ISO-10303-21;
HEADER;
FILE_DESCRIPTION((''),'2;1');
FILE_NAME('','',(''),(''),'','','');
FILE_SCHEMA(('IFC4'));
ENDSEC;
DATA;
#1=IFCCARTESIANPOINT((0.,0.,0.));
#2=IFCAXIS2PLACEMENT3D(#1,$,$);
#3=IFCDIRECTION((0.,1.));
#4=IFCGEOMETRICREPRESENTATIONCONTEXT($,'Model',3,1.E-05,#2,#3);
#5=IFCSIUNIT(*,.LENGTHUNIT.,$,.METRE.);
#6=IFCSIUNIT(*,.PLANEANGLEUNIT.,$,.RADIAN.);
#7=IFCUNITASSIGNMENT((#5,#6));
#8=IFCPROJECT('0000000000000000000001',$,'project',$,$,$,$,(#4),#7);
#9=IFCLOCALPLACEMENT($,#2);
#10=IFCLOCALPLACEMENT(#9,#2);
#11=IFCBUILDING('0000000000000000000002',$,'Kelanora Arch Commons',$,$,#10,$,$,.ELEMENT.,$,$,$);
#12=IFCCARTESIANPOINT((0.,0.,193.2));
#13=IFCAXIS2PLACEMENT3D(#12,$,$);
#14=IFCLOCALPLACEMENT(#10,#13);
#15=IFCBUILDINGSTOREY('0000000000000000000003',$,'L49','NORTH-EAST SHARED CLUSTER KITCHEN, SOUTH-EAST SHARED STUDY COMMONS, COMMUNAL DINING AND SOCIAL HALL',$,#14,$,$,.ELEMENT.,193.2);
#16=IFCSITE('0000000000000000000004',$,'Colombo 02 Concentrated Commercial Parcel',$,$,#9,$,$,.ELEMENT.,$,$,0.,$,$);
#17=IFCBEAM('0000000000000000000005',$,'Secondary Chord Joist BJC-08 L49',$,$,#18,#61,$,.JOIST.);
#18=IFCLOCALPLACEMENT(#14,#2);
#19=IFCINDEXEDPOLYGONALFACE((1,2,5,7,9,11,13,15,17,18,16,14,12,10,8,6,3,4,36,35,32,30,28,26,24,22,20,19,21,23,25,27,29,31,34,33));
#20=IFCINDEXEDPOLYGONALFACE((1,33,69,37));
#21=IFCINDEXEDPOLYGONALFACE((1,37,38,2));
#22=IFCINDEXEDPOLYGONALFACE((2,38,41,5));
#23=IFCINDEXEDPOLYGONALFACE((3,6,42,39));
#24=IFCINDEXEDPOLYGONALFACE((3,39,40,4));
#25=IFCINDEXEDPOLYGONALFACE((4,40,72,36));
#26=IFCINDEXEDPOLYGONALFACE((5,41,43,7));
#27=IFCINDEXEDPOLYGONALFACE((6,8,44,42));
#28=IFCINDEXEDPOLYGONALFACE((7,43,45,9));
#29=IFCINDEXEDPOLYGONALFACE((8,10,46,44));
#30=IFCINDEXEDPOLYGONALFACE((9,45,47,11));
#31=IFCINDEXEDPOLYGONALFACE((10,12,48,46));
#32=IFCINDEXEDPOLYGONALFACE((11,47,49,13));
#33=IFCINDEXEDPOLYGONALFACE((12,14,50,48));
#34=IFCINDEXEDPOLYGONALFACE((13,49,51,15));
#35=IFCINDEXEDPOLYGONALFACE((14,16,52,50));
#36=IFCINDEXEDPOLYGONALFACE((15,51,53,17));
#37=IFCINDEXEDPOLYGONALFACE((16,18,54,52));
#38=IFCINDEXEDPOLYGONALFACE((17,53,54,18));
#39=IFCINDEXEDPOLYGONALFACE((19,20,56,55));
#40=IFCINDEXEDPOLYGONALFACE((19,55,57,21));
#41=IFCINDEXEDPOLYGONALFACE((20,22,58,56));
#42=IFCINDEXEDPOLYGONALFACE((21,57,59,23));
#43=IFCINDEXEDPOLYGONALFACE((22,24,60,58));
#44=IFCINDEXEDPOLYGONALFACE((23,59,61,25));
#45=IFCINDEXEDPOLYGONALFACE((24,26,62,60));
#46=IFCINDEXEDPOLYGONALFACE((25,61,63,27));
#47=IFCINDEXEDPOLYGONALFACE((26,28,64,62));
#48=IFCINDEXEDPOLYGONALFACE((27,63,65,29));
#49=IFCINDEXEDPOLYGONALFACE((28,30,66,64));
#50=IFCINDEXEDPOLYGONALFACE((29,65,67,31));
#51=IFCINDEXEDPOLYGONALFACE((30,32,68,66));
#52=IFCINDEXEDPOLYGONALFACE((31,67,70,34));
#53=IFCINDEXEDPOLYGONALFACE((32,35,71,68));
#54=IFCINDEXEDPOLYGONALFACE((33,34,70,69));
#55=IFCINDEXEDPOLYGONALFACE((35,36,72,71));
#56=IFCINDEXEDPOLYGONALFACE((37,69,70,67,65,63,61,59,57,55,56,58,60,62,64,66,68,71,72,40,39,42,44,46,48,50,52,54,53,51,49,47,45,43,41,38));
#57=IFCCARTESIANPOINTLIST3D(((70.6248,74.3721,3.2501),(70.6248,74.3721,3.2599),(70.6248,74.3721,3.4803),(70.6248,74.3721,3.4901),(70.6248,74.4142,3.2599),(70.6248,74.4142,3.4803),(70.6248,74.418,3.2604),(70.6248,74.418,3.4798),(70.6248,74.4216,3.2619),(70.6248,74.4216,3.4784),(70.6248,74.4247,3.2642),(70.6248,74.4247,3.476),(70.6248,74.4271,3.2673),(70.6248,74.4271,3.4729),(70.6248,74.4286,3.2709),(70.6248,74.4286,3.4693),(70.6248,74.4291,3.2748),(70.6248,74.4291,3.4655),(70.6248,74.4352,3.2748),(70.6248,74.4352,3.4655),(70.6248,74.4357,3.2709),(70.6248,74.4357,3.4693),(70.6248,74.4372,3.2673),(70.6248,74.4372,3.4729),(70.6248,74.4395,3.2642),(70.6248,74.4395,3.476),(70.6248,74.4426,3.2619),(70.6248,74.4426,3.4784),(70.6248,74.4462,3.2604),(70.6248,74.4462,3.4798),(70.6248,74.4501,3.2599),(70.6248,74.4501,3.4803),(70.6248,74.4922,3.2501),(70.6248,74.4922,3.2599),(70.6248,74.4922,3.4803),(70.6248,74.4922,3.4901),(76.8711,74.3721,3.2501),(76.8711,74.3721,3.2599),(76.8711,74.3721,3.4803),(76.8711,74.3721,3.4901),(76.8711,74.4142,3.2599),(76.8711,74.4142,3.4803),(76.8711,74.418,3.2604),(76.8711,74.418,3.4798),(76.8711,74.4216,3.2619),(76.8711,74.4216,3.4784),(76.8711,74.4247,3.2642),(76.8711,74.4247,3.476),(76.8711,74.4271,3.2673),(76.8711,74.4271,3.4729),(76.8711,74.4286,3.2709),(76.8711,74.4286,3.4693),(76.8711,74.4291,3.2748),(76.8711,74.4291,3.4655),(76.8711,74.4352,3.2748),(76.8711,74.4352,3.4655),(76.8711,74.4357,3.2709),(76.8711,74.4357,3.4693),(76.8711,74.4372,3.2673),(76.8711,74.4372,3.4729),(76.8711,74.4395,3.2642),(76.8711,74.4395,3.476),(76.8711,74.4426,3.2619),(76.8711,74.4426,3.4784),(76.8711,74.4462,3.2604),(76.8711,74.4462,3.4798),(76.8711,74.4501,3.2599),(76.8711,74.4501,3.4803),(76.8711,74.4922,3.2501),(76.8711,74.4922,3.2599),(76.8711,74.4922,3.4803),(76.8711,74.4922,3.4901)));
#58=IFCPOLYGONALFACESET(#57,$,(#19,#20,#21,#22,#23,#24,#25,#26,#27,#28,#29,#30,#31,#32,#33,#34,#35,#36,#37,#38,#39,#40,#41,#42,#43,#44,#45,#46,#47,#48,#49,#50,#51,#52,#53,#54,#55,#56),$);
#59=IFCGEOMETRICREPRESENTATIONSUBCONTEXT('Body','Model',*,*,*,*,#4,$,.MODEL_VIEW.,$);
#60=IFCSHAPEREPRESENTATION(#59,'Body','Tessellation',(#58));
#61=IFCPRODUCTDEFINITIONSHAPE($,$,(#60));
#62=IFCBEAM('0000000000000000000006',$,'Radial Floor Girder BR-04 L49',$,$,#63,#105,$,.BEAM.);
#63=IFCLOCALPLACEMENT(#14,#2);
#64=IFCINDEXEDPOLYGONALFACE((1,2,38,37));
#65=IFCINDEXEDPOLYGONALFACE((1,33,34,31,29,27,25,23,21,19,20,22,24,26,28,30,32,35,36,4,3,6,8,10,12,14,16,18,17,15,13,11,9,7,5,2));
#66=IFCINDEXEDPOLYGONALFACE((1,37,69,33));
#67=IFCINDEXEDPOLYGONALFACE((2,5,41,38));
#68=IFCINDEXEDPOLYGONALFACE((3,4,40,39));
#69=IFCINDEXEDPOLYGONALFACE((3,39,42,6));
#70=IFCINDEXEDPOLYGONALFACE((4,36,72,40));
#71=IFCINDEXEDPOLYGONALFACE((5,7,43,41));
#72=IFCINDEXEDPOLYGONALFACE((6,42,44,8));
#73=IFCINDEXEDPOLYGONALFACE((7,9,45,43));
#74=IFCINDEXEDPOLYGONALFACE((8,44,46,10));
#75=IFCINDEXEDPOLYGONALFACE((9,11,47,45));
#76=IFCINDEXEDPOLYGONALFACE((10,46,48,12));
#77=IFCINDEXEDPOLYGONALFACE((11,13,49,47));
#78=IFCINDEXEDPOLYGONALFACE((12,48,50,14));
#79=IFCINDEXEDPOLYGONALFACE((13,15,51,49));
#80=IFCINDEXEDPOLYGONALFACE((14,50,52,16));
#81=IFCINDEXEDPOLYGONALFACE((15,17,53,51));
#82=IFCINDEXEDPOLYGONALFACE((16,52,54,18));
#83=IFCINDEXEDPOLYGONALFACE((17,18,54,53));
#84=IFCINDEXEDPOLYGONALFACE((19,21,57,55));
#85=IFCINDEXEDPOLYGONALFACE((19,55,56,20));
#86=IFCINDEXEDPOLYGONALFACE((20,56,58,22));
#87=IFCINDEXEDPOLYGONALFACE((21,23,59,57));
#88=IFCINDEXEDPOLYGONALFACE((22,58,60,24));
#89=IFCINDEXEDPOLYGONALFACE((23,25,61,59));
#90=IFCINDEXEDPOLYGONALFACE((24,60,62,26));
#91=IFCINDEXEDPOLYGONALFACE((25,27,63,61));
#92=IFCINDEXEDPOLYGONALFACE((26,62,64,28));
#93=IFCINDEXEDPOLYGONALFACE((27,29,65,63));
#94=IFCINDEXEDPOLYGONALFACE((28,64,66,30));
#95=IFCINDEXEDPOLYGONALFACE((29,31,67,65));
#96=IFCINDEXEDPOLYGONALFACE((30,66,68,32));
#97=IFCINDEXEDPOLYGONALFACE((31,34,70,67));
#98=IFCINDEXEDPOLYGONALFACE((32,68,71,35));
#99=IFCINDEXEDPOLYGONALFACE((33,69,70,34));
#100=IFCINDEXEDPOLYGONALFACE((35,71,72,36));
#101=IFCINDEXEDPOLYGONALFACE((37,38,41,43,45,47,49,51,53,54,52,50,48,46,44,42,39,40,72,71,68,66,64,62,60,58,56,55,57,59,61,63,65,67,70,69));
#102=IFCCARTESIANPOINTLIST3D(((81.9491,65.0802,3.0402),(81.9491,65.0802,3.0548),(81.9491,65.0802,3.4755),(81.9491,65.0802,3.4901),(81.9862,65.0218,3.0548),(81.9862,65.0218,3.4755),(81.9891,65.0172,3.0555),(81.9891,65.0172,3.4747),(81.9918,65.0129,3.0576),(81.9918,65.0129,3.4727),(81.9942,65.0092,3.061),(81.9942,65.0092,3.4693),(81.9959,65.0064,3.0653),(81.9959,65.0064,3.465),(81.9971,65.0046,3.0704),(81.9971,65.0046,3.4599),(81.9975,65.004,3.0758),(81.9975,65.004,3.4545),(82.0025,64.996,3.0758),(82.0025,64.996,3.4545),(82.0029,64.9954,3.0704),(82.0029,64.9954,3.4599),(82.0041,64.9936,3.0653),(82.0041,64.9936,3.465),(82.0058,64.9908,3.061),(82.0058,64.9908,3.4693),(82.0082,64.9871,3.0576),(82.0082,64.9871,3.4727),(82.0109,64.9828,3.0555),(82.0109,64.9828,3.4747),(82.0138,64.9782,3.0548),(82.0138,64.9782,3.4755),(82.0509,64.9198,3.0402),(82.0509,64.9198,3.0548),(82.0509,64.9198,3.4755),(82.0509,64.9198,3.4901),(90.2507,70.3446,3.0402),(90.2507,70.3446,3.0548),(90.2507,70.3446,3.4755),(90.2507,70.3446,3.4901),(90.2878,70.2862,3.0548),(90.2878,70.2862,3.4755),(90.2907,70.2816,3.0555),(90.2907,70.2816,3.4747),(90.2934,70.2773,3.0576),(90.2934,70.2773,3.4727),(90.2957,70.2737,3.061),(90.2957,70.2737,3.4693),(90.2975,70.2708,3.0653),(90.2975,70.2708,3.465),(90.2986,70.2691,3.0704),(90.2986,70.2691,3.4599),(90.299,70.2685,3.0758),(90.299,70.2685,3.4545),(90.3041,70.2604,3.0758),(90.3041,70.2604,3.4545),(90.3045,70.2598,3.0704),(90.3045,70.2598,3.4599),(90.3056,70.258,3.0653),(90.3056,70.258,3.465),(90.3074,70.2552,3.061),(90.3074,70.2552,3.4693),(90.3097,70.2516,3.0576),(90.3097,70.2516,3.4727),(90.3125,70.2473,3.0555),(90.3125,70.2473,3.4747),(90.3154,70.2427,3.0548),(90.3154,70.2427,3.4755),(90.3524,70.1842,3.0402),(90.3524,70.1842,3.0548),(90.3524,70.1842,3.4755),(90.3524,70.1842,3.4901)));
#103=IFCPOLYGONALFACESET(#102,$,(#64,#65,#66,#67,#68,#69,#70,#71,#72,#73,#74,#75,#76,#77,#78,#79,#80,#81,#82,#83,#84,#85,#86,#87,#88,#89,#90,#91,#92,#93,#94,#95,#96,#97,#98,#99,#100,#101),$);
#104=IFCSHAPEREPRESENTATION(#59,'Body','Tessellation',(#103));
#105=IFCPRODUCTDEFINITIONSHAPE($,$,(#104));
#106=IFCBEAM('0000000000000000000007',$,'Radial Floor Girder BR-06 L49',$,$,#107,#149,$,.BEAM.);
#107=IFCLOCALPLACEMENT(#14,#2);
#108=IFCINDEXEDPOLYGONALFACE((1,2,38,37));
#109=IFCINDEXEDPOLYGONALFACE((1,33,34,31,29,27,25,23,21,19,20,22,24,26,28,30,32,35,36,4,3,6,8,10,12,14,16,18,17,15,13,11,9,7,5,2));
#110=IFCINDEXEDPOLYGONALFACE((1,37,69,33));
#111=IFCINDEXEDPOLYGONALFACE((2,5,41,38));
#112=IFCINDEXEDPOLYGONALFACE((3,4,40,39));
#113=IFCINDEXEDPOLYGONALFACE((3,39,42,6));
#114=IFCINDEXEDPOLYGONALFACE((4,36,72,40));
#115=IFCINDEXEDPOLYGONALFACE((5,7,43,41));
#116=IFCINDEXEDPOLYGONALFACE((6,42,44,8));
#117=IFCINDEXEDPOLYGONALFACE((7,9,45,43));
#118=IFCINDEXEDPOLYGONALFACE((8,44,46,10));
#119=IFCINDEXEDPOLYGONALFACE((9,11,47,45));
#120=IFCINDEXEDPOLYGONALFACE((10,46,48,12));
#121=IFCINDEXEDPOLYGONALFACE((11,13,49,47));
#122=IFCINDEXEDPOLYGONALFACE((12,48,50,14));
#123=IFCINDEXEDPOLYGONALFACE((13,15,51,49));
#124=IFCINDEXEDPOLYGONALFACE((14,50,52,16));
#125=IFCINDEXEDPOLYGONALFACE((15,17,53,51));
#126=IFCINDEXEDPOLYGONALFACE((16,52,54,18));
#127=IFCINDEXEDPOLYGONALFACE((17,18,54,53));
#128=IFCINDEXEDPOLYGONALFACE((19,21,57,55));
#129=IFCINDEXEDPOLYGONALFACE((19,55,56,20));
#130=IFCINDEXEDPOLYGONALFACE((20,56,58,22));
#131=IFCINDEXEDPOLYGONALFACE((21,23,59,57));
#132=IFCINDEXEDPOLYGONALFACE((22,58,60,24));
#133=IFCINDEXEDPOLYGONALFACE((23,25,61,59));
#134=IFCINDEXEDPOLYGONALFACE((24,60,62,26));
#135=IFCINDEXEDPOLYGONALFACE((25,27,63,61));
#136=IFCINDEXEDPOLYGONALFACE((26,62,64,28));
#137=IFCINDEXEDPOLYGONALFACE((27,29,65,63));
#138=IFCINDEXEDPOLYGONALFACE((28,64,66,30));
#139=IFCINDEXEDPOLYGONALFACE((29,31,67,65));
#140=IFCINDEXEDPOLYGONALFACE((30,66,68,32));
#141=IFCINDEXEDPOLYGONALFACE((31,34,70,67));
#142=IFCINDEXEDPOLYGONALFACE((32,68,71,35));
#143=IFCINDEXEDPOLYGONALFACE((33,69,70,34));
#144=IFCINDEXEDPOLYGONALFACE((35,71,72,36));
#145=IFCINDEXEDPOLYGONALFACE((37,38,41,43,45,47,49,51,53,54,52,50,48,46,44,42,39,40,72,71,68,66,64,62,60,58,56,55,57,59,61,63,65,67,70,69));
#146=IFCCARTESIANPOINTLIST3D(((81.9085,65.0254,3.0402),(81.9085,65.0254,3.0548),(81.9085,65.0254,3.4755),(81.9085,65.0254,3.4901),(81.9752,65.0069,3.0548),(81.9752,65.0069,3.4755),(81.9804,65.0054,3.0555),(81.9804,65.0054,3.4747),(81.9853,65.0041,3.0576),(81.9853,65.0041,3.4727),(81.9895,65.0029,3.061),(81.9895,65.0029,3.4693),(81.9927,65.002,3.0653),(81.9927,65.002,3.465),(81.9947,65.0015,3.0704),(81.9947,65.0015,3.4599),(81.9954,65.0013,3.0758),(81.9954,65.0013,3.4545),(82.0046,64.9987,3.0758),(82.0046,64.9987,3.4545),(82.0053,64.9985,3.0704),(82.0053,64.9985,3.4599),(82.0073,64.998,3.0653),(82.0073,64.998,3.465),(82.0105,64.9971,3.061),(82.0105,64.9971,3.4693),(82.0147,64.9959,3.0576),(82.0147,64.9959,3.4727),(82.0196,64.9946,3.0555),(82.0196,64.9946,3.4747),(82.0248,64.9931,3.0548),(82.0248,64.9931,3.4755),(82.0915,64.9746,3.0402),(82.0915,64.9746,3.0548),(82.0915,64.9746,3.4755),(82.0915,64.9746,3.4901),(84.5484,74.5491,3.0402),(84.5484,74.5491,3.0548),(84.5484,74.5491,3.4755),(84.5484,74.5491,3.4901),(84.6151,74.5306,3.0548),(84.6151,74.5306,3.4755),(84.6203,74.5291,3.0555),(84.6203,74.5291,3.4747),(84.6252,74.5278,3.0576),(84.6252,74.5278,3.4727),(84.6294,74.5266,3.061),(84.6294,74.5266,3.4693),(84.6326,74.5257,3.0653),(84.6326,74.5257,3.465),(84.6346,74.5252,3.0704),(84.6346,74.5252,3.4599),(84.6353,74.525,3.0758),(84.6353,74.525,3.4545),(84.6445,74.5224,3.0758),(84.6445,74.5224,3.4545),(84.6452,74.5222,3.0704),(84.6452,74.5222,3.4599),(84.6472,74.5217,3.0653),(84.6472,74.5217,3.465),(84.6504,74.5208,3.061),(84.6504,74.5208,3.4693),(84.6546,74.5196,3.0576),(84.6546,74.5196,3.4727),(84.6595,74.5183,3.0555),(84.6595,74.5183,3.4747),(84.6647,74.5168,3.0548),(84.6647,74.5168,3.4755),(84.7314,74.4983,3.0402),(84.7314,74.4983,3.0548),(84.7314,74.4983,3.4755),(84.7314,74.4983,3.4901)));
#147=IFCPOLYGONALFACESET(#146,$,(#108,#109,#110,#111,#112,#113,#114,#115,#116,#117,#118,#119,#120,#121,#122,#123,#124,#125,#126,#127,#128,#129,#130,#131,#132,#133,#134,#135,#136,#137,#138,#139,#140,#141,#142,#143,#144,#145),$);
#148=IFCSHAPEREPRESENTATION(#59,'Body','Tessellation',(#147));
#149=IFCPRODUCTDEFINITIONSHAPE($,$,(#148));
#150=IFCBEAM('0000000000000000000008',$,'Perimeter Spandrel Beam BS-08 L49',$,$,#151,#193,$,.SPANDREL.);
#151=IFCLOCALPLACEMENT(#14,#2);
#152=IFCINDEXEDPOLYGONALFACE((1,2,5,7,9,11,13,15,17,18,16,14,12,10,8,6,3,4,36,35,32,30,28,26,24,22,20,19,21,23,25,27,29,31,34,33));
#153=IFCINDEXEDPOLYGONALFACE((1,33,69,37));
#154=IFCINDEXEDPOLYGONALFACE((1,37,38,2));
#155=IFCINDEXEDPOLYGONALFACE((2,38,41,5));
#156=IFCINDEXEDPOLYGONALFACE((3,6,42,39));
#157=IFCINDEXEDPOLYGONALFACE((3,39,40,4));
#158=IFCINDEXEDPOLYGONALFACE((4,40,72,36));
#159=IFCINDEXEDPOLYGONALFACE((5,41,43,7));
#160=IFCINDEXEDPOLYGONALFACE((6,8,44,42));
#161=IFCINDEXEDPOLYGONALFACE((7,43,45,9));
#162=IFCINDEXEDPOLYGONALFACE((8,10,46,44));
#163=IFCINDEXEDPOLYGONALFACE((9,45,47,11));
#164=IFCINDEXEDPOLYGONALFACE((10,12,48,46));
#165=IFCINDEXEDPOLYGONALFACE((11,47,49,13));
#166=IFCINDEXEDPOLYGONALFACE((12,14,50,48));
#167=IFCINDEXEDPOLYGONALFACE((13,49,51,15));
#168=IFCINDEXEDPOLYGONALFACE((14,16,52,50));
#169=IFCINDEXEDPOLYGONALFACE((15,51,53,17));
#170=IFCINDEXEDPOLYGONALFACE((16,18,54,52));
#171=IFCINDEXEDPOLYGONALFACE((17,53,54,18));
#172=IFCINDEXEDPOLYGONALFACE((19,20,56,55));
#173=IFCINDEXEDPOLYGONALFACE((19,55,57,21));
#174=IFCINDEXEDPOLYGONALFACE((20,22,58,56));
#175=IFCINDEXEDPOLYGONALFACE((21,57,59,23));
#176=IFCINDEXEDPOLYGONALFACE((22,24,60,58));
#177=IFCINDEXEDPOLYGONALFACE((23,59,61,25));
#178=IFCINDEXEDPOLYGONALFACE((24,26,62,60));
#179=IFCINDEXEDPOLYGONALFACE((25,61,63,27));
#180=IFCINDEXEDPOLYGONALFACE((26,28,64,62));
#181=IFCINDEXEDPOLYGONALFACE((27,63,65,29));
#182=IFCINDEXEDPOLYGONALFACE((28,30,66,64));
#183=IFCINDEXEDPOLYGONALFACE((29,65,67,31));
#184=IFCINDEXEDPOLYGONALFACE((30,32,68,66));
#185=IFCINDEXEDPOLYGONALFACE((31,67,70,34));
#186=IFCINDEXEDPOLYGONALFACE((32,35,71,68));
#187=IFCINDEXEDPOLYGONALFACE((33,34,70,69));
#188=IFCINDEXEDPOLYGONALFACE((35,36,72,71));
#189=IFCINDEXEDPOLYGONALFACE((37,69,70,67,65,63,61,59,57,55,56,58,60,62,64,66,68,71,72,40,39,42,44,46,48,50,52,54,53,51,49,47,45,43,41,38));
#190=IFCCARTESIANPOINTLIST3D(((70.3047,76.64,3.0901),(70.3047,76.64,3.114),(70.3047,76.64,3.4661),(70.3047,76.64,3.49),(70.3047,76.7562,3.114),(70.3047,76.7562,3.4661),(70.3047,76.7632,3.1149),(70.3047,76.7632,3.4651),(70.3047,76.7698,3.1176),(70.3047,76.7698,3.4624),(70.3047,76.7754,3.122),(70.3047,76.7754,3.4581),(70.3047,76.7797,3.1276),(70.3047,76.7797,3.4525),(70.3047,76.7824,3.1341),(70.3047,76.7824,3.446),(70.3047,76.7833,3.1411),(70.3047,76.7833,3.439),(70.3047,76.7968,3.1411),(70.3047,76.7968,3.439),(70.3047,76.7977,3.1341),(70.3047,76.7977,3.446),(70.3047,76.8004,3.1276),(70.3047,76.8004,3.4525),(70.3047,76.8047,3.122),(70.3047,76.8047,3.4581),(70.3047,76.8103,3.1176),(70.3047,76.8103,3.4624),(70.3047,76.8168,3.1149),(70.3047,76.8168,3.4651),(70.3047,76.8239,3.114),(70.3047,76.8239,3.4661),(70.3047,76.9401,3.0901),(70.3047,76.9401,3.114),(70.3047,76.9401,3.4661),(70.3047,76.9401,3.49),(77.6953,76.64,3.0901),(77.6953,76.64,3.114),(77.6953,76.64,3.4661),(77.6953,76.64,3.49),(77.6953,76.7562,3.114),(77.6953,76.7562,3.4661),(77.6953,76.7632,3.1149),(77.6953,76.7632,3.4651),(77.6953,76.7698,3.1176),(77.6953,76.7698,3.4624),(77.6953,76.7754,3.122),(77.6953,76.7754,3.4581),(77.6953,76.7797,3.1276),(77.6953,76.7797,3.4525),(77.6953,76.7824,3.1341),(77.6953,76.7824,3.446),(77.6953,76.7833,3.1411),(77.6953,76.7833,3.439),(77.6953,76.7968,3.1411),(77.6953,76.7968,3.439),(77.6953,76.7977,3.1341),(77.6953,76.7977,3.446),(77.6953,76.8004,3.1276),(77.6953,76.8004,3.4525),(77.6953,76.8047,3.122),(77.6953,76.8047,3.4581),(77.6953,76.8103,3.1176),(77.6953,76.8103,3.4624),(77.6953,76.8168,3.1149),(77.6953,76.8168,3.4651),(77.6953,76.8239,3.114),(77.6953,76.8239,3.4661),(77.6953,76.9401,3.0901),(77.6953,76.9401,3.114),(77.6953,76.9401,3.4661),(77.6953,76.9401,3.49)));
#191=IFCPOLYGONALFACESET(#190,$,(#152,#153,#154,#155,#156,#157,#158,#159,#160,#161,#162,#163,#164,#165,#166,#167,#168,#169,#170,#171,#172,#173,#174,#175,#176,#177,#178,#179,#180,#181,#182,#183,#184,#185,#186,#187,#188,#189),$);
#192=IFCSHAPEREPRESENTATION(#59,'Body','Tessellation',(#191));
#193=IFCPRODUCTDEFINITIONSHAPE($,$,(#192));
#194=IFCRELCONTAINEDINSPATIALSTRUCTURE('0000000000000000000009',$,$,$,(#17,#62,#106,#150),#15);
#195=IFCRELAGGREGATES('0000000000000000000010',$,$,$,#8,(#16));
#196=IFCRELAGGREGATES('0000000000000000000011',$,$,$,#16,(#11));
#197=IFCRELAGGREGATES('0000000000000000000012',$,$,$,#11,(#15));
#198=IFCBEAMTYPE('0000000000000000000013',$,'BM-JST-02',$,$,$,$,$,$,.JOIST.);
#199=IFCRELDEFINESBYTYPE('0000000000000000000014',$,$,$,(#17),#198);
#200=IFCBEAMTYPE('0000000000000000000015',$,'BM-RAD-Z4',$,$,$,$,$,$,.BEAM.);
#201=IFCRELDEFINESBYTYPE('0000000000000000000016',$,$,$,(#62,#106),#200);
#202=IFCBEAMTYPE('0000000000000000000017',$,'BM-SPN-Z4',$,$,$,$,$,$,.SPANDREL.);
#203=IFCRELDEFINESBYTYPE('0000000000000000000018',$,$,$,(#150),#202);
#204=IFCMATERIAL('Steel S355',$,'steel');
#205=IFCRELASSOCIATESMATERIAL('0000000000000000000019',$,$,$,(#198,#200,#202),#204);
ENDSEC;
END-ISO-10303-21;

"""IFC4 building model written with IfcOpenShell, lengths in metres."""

from ifc_helpers import new_model, si_unit, direction, frame, origin, origin_2d, place, context, subcontext, project, spatial, i_section, extrude, material, material_profile, profile_set, type_object, element, save


model = new_model("IFC4")

# Units and contexts
model_context = context("Model", 3, precision=1e-05, world=origin(), true_north=direction((0.0, 1.0)))
body_context = subcontext(model_context, "Body", "Model", "MODEL_VIEW")
ifc_project = project(units=[si_unit("LENGTHUNIT", "METRE"), si_unit("PLANEANGLEUNIT", "RADIAN")], contexts=[model_context])

# Site, building, storey
site_placement = place(None, origin())
site = spatial("IfcSite", under=ifc_project, at=site_placement, Name="Colombo 02 Concentrated Commercial Parcel", CompositionType="ELEMENT", RefElevation=0.0)
building_placement = place(site_placement, origin())
building = spatial("IfcBuilding", under=site, at=building_placement, Name="Kelanora Arch Commons", CompositionType="ELEMENT")
storey_placement = place(building_placement, frame((0.0, 0.0, 193.2)))
storey = spatial("IfcBuildingStorey", under=building, at=storey_placement, Name="L49", Description="NORTH-EAST SHARED CLUSTER KITCHEN, SOUTH-EAST SHARED STUDY COMMONS, COMMUNAL DINING AND SOCIAL HALL", CompositionType="ELEMENT", Elevation=193.2)

# Beams
ifc_material_1 = material(Name="Steel S355", Category="steel")
ifc_material_profile_1 = material_profile(ifc_material_1, i_section(OverallWidth=0.1201, OverallDepth=0.24, WebThickness=0.0061, FlangeThickness=0.0098, FilletRadius=0.0149, at=origin_2d()), Name="IPE240")
ifc_profile_set_1 = profile_set([ifc_material_profile_1], Name="Steel S355")
beam_type_1 = type_object("IfcBeamType", Name="BM-JST-02", PredefinedType="JOIST", material=ifc_profile_set_1)
beam_1_placement = place(storey_placement, frame((76.8711, 74.4321, 3.3701), z_axis=(-1.0, 0.0, 0.0), x_axis=(0.0, -1.0, 0.0)))
element("IfcBeam", 1, at=beam_1_placement, inside=storey, type_object=beam_type_1, Name="Secondary Chord Joist BJC-08 L49", PredefinedType="JOIST", context=body_context, shape_type="SweptSolid", body=[
    extrude(i_section(OverallWidth=0.1201, OverallDepth=0.24, WebThickness=0.0061, FlangeThickness=0.0098, FilletRadius=0.0149, at=origin_2d()), origin(), (0.0, 0.0, 1.0), 6.2463),
])
ifc_material_profile_2 = material_profile(ifc_material_1, i_section(OverallWidth=0.1899, OverallDepth=0.45, WebThickness=0.0095, FlangeThickness=0.0146, FilletRadius=0.021, at=origin_2d()), Name="IPE450")
ifc_profile_set_2 = profile_set([ifc_material_profile_2], Name="Steel S355")
beam_type_2 = type_object("IfcBeamType", Name="BM-RAD-Z4", PredefinedType="BEAM", material=ifc_profile_set_2)
beam_2_placement = place(storey_placement, frame((82.0, 65.0, 3.2651), z_axis=(0.844507, 0.535544, 0.0), x_axis=(-0.535544, 0.844507, 0.0)))
element("IfcBeam", 2, at=beam_2_placement, inside=storey, type_object=beam_type_2, Name="Radial Floor Girder BR-04 L49", PredefinedType="BEAM", context=body_context, shape_type="SweptSolid", body=[
    extrude(i_section(OverallWidth=0.1899, OverallDepth=0.45, WebThickness=0.0095, FlangeThickness=0.0146, FilletRadius=0.021, at=origin_2d()), origin(), (0.0, 0.0, 1.0), 9.8301),
])
beam_3_placement = place(storey_placement, frame((82.0, 65.0, 3.2651), z_axis=(0.26712, 0.963663, 0.0), x_axis=(-0.963663, 0.26712, 0.0)))
element("IfcBeam", 3, at=beam_3_placement, inside=storey, type_object=beam_type_2, Name="Radial Floor Girder BR-06 L49", PredefinedType="BEAM", context=body_context, shape_type="SweptSolid", body=[
    extrude(i_section(OverallWidth=0.1899, OverallDepth=0.45, WebThickness=0.0095, FlangeThickness=0.0146, FilletRadius=0.021, at=origin_2d()), origin(), (0.0, 0.0, 1.0), 9.8828),
])
ifc_material_profile_3 = material_profile(ifc_material_1, i_section(OverallWidth=0.3, OverallDepth=0.3999, WebThickness=0.0134, FlangeThickness=0.0239, FilletRadius=0.0271, at=origin_2d()), Name="HEB400")
ifc_profile_set_3 = profile_set([ifc_material_profile_3], Name="Steel S355")
beam_type_3 = type_object("IfcBeamType", Name="BM-SPN-Z4", PredefinedType="SPANDREL", material=ifc_profile_set_3)
beam_4_placement = place(storey_placement, frame((77.6953, 76.79, 3.29), z_axis=(-1.0, 0.0, 0.0), x_axis=(0.0, -1.0, 0.0)))
element("IfcBeam", 4, at=beam_4_placement, inside=storey, type_object=beam_type_3, Name="Perimeter Spandrel Beam BS-08 L49", PredefinedType="SPANDREL", context=body_context, shape_type="SweptSolid", body=[
    extrude(i_section(OverallWidth=0.3, OverallDepth=0.3999, WebThickness=0.0134, FlangeThickness=0.0239, FilletRadius=0.0271, at=origin_2d()), origin(), (0.0, 0.0, 1.0), 7.3906),
])

save(model, "model.ifc")
